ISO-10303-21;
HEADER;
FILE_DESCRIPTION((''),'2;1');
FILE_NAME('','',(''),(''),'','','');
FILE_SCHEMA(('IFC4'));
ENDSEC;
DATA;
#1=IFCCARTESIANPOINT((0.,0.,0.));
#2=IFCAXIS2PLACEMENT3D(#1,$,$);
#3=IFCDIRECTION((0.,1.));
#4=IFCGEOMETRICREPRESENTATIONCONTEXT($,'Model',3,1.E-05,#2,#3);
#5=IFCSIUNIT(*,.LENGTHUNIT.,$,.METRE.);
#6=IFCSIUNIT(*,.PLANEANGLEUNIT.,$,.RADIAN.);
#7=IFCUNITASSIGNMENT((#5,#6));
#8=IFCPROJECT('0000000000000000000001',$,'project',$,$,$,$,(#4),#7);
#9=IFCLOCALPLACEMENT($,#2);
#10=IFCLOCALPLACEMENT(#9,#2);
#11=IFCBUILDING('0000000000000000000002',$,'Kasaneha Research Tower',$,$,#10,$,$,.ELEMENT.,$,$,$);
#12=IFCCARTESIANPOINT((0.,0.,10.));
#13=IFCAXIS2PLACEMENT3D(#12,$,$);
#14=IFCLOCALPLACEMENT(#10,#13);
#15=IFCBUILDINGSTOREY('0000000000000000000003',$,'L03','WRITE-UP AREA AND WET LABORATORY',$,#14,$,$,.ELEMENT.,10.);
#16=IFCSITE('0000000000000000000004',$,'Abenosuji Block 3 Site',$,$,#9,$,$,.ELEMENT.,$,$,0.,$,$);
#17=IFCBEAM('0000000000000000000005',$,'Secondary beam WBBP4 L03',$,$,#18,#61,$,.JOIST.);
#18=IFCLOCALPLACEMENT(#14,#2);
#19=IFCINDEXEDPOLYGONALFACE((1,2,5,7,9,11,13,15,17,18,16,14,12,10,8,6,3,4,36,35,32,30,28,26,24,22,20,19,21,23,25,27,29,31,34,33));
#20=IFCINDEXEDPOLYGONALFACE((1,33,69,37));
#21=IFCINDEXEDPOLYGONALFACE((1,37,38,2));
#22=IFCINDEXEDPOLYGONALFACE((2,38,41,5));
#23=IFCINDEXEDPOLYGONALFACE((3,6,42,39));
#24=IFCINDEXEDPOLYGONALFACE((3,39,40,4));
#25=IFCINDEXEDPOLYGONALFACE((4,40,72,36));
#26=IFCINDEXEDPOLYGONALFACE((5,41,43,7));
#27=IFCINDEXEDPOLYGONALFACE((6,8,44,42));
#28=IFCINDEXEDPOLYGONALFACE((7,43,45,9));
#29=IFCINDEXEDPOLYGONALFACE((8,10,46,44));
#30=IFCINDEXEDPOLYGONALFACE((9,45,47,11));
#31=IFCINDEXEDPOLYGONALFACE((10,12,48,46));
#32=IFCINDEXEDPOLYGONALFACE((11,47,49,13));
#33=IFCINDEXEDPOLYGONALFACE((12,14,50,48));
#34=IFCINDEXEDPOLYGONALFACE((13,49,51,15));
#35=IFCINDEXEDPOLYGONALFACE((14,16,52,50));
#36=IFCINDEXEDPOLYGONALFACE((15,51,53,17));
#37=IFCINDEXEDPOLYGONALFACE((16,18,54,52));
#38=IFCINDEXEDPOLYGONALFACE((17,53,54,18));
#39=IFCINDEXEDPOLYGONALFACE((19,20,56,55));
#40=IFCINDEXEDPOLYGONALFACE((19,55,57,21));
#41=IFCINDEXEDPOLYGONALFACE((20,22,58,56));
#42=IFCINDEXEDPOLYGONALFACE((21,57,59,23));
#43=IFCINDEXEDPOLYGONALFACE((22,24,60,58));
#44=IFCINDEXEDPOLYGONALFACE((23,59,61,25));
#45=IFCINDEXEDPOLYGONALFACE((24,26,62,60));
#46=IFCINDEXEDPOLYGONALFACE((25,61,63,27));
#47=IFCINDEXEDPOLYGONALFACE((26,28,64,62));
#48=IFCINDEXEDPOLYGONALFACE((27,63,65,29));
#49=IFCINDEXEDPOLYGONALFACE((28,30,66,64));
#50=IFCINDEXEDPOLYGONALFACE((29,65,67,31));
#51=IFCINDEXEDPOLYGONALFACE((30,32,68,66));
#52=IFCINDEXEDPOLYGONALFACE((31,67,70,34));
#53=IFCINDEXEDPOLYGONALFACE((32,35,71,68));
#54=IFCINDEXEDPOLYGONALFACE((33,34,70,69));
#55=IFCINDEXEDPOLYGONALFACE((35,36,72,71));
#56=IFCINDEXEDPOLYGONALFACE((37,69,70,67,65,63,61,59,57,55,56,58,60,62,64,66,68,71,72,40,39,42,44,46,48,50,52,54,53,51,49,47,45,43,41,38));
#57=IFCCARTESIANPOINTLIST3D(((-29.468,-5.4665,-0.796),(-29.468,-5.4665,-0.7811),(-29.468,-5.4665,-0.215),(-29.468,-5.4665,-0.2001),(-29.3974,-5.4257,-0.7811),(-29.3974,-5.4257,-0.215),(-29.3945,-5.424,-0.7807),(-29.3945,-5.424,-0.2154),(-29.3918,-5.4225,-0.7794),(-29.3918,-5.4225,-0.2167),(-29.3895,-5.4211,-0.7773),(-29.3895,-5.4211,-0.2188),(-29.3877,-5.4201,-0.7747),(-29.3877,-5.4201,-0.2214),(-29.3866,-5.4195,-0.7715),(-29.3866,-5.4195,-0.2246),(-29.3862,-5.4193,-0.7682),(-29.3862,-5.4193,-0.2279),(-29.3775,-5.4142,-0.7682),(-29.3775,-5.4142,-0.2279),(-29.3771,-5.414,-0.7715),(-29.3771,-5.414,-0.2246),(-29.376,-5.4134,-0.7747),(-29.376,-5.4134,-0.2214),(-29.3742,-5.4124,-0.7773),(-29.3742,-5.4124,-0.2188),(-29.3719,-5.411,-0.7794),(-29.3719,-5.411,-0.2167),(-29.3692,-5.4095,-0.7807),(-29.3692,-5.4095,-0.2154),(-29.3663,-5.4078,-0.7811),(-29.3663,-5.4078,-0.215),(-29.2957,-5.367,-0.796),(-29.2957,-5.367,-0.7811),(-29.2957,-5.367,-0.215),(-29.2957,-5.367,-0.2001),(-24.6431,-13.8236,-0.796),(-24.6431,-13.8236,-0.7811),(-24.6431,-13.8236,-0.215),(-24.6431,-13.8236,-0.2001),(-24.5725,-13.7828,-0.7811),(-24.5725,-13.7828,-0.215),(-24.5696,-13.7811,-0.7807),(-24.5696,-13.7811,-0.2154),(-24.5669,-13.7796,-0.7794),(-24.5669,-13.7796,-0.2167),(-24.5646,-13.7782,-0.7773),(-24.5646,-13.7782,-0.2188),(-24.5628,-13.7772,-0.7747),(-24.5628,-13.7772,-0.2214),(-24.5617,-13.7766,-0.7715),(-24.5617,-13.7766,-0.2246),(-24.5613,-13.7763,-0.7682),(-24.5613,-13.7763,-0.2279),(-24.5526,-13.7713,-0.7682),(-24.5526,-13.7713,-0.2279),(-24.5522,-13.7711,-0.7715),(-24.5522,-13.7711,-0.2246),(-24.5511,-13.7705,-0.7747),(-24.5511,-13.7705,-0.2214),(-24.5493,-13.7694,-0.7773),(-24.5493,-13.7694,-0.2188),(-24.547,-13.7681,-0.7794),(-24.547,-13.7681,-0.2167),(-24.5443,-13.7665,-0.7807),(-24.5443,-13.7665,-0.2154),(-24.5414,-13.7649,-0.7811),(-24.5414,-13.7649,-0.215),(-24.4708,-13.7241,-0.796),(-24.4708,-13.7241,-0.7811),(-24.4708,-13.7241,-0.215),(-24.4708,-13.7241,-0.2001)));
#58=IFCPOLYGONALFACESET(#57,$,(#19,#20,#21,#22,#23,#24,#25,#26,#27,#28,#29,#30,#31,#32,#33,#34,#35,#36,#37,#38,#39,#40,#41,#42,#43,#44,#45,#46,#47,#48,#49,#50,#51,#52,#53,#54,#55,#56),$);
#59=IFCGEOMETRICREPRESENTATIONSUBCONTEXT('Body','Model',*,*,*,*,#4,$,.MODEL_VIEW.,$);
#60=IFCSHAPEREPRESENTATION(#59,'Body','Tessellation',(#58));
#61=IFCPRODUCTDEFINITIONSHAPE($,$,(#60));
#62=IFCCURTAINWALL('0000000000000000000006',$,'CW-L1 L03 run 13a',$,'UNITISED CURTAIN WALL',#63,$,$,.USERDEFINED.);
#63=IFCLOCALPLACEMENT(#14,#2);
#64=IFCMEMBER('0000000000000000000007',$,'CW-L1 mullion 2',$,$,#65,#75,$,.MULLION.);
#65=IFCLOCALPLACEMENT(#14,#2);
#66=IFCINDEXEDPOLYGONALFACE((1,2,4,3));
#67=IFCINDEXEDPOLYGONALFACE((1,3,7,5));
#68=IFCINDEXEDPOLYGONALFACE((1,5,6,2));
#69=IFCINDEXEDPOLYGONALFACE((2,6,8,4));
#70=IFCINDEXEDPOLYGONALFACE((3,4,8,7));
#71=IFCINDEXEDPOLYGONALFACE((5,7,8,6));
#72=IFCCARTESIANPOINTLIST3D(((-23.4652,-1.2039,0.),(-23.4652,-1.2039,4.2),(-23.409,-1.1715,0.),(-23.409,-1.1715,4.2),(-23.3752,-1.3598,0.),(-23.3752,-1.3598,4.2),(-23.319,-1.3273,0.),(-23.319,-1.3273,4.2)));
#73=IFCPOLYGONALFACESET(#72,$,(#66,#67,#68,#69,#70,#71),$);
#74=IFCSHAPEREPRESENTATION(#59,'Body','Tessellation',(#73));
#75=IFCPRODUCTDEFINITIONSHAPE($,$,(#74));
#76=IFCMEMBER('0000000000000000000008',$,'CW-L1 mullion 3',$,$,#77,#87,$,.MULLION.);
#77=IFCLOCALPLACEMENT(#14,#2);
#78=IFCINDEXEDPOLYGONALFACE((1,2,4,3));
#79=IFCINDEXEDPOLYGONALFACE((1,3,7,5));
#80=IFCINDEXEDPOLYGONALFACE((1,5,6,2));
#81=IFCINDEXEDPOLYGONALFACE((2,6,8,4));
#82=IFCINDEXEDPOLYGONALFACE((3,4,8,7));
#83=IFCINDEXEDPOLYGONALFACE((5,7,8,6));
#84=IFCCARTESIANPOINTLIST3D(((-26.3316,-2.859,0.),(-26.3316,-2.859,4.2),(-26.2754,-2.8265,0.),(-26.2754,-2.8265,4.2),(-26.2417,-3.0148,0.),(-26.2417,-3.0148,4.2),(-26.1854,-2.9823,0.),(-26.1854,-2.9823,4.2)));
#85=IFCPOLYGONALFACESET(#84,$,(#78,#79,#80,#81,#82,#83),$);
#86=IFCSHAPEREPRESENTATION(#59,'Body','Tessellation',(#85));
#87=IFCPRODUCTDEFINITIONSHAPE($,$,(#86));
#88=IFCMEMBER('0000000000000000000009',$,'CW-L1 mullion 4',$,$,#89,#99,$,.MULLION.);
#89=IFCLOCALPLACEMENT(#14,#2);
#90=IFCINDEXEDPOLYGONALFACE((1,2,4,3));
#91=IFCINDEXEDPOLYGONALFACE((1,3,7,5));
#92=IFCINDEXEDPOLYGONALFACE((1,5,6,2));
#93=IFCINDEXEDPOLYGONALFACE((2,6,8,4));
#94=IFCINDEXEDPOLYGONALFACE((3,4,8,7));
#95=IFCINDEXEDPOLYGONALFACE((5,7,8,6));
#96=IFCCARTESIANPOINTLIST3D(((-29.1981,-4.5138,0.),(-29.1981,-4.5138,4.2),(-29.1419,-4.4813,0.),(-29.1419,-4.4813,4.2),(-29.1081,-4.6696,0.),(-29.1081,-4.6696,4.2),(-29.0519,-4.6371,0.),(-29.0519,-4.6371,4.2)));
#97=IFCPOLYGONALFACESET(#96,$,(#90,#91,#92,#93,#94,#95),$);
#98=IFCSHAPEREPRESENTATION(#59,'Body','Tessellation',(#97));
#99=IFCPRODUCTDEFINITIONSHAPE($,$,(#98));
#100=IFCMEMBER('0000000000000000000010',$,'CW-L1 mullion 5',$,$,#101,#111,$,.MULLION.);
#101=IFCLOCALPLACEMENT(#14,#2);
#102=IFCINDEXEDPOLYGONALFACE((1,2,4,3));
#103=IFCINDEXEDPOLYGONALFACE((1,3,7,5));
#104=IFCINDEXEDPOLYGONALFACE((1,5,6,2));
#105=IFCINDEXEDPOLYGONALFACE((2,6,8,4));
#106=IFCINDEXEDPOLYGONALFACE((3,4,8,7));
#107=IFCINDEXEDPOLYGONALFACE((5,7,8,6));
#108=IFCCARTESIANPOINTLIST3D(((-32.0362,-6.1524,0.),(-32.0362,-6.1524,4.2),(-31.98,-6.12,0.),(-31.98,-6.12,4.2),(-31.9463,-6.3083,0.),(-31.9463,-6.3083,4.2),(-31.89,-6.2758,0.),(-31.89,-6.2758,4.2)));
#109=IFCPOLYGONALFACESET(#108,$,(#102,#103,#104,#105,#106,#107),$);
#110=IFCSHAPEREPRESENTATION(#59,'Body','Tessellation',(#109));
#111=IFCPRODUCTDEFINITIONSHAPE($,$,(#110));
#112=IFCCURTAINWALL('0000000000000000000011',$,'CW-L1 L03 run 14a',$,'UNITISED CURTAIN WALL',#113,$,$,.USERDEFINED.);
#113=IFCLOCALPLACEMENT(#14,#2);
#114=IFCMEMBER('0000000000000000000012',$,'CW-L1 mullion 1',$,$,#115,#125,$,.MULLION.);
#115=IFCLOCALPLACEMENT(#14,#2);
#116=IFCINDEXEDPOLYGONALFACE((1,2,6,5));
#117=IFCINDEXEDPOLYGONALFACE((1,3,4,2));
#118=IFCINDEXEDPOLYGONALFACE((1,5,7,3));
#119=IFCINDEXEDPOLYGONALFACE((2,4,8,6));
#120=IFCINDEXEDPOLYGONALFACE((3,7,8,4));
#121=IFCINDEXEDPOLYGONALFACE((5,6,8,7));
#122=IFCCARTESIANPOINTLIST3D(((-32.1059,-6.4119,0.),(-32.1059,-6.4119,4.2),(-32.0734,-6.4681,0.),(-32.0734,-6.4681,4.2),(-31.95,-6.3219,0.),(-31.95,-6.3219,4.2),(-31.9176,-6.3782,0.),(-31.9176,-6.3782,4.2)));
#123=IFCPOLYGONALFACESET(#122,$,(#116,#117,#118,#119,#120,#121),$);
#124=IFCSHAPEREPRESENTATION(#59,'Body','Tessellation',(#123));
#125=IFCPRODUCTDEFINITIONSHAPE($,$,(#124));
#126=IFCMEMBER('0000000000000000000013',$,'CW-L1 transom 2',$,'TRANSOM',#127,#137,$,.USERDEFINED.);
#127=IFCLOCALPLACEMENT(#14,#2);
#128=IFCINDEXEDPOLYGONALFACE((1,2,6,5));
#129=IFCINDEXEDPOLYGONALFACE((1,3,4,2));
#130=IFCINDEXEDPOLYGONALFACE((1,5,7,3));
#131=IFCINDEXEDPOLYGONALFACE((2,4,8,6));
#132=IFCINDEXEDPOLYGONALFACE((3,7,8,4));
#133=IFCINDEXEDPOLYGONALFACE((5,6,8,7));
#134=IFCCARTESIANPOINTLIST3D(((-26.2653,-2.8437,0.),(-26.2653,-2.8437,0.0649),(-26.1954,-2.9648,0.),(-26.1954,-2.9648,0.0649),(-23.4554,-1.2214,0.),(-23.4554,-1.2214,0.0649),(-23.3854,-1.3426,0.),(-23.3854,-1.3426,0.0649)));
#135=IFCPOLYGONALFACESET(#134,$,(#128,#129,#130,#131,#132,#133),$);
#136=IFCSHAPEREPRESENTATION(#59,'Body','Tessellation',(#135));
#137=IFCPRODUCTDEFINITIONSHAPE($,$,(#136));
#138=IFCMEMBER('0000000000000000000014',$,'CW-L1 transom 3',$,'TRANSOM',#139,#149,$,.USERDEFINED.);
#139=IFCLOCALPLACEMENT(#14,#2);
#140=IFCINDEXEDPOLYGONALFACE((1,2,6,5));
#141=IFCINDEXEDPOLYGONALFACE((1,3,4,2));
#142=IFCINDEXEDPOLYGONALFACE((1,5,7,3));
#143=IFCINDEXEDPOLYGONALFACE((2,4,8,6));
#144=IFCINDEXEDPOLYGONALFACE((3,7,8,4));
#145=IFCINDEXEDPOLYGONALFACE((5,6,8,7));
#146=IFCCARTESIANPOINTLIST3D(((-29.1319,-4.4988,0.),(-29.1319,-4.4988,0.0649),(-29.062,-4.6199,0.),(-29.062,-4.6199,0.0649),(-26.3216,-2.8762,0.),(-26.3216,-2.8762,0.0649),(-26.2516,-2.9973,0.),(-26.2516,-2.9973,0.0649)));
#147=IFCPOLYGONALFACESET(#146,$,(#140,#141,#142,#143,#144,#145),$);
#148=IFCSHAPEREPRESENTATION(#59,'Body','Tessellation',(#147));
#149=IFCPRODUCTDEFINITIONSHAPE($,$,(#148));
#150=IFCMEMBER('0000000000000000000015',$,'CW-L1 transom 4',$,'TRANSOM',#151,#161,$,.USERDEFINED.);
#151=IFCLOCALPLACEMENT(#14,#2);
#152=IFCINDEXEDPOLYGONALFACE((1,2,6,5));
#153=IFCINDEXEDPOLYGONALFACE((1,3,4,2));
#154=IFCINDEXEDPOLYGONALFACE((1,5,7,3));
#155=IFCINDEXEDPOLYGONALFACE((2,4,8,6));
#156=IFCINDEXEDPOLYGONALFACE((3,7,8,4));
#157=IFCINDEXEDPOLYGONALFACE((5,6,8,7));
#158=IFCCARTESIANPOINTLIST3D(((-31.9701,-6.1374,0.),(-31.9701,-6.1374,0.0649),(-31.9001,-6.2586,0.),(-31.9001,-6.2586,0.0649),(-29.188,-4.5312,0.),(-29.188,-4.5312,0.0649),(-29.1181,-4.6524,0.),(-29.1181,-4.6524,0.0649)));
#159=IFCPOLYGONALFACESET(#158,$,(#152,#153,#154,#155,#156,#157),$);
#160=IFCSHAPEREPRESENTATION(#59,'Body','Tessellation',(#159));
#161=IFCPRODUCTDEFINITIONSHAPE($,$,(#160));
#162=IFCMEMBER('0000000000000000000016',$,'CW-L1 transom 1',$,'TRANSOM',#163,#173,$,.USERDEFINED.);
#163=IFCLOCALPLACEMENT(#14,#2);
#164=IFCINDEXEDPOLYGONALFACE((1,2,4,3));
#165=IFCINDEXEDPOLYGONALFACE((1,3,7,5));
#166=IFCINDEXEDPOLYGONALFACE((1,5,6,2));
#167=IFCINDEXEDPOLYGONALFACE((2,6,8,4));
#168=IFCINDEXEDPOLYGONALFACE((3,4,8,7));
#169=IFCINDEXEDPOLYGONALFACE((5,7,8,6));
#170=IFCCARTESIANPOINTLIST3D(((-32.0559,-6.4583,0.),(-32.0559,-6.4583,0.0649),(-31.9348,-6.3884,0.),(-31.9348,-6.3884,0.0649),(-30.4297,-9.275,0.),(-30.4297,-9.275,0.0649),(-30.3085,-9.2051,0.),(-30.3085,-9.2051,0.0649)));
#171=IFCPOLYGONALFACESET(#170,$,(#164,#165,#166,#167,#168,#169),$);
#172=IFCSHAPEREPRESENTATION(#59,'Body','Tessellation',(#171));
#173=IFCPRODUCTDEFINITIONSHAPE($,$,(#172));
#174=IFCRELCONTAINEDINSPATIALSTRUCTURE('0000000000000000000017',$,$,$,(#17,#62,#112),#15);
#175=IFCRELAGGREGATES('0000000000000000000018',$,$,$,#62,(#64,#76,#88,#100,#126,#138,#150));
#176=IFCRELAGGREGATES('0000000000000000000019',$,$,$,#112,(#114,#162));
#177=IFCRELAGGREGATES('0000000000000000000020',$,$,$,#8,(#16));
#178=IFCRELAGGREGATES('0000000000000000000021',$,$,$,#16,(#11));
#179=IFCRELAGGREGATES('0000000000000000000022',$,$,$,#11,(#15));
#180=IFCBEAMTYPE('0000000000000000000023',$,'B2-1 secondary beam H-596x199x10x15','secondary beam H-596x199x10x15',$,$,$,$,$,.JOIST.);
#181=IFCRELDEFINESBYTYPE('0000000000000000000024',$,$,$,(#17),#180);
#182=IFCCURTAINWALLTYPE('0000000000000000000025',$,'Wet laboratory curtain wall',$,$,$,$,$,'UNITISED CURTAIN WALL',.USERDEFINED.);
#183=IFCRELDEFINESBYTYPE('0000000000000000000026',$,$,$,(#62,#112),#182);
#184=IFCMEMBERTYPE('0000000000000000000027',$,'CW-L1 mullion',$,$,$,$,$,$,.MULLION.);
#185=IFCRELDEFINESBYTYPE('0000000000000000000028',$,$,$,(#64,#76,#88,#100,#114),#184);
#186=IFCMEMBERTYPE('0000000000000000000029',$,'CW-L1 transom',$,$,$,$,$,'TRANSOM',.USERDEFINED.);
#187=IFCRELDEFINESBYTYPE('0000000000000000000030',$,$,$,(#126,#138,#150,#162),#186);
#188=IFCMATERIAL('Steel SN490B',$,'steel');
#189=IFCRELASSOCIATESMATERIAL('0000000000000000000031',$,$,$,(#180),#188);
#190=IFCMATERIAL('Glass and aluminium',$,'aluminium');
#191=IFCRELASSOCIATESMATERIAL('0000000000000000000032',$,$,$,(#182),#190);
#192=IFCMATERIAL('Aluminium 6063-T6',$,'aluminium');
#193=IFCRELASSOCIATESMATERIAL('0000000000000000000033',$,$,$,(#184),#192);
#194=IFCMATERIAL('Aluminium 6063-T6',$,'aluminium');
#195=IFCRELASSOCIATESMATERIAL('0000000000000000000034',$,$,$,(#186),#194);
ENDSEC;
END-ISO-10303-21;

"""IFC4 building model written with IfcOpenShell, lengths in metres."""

from ifc_helpers import new_model, si_unit, direction, frame, origin, origin_2d, place, context, subcontext, project, spatial, rectangle, i_section, extrude, material, material_profile, profile_set, type_object, element, aggregate, save


model = new_model("IFC4")

# Units and contexts
model_context = context("Model", 3, precision=1e-05, world=origin(), true_north=direction((0.0, 1.0)))
body_context = subcontext(model_context, "Body", "Model", "MODEL_VIEW")
ifc_project = project(units=[si_unit("LENGTHUNIT", "METRE"), si_unit("PLANEANGLEUNIT", "RADIAN")], contexts=[model_context])

# Site, building, storey
site_placement = place(None, origin())
site = spatial("IfcSite", under=ifc_project, at=site_placement, Name="Abenosuji Block 3 Site", CompositionType="ELEMENT", RefElevation=0.0)
building_placement = place(site_placement, origin())
building = spatial("IfcBuilding", under=site, at=building_placement, Name="Kasaneha Research Tower", CompositionType="ELEMENT")
storey_placement = place(building_placement, frame((0.0, 0.0, 10.0)))
storey = spatial("IfcBuildingStorey", under=building, at=storey_placement, Name="L03", Description="WRITE-UP AREA AND WET LABORATORY", CompositionType="ELEMENT", Elevation=10.0)

# Beam
ifc_material_1 = material(Name="Steel SN490B", Category="steel")
ifc_material_profile_1 = material_profile(ifc_material_1, i_section(OverallWidth=0.199, OverallDepth=0.5959, WebThickness=0.01, FlangeThickness=0.0149, FilletRadius=0.0129, at=origin_2d()), Name="H-596x199x10x15")
ifc_profile_set_1 = profile_set([ifc_material_profile_1], Name="Steel SN490B")
beam_type_1 = type_object("IfcBeamType", Name="B2-1 secondary beam H-596x199x10x15", Description="secondary beam H-596x199x10x15", PredefinedType="JOIST", material=ifc_profile_set_1)
for number, where, z_axis, x_axis, name in (
    (1, (-29.3818, -5.4167, -0.498), (0.499995, -0.866028, 0.0), (0.866028, 0.499995, 0.0), "Secondary beam WBBP4 L03"),
):
    element("IfcBeam", number, at=place(storey_placement, frame(where, z_axis=z_axis, x_axis=x_axis)), inside=storey, type_object=beam_type_1, Name=name, PredefinedType="JOIST", context=body_context, shape_type="SweptSolid", body=[
        extrude(i_section(OverallWidth=0.199, OverallDepth=0.5959, WebThickness=0.01, FlangeThickness=0.0149, FilletRadius=0.0129, at=origin_2d()), origin(), (0.0, 0.0, 1.0), 9.6499),
    ])

# Curtain wall, members
ifc_material_2 = material(Name="Glass and aluminium", Category="aluminium")
curtain_wall_type = type_object("IfcCurtainWallType", Name="Wet laboratory curtain wall", ElementType="UNITISED CURTAIN WALL", PredefinedType="USERDEFINED", material=ifc_material_2)
curtain_wall_1_placement = place(storey_placement, origin())
curtain_wall_1 = element("IfcCurtainWall", 2, at=curtain_wall_1_placement, inside=storey, type_object=curtain_wall_type, Name="CW-L1 L03 run 13a", ObjectType="UNITISED CURTAIN WALL", PredefinedType="USERDEFINED")
ifc_material_3 = material(Name="Aluminium 6063-T6", Category="aluminium")
ifc_material_profile_2 = material_profile(ifc_material_3, rectangle(XDim=0.0649, YDim=0.1799, at=origin_2d()), Name="CW-L1 mullion 65x180")
ifc_profile_set_2 = profile_set([ifc_material_profile_2], Name="Aluminium 6063-T6")
member_type_1 = type_object("IfcMemberType", Name="CW-L1 mullion", PredefinedType="MULLION", material=ifc_profile_set_2)
member_1_placement = place(storey_placement, frame((-23.3921, -1.2656, 0.0), z_axis=(0.0, 0.0, 1.0), x_axis=(-0.866025, -0.5, 0.0)))
member_1 = element("IfcMember", 3, at=member_1_placement, type_object=member_type_1, Name="CW-L1 mullion 2", PredefinedType="MULLION", context=body_context, shape_type="SweptSolid", body=[
    extrude(rectangle(XDim=0.0649, YDim=0.1799, at=origin_2d()), origin(), (0.0, 0.0, 1.0), 4.2),
])
member_2_placement = place(storey_placement, frame((-26.2585, -2.9207, 0.0), z_axis=(0.0, 0.0, 1.0), x_axis=(-0.866025, -0.5, 0.0)))
member_2 = element("IfcMember", 4, at=member_2_placement, type_object=member_type_1, Name="CW-L1 mullion 3", PredefinedType="MULLION", context=body_context, shape_type="SweptSolid", body=[
    extrude(rectangle(XDim=0.0649, YDim=0.1799, at=origin_2d()), origin(), (0.0, 0.0, 1.0), 4.2),
])
member_3_placement = place(storey_placement, frame((-29.125, -4.5754, 0.0), z_axis=(0.0, 0.0, 1.0), x_axis=(-0.866025, -0.5, 0.0)))
member_3 = element("IfcMember", 5, at=member_3_placement, type_object=member_type_1, Name="CW-L1 mullion 4", PredefinedType="MULLION", context=body_context, shape_type="SweptSolid", body=[
    extrude(rectangle(XDim=0.0649, YDim=0.1799, at=origin_2d()), origin(), (0.0, 0.0, 1.0), 4.2),
])
member_4_placement = place(storey_placement, frame((-31.9631, -6.2141, 0.0), z_axis=(0.0, 0.0, 1.0), x_axis=(-0.866025, -0.5, 0.0)))
member_4 = element("IfcMember", 6, at=member_4_placement, type_object=member_type_1, Name="CW-L1 mullion 5", PredefinedType="MULLION", context=body_context, shape_type="SweptSolid", body=[
    extrude(rectangle(XDim=0.0649, YDim=0.1799, at=origin_2d()), origin(), (0.0, 0.0, 1.0), 4.2),
])

# Curtain wall, member
curtain_wall_2_placement = place(storey_placement, origin())
curtain_wall_2 = element("IfcCurtainWall", 7, at=curtain_wall_2_placement, inside=storey, type_object=curtain_wall_type, Name="CW-L1 L03 run 14a", ObjectType="UNITISED CURTAIN WALL", PredefinedType="USERDEFINED")
member_5_placement = place(storey_placement, frame((-32.0117, -6.395, 0.0), z_axis=(0.0, 0.0, 1.0), x_axis=(0.5, -0.866025, 0.0)))
member_5 = element("IfcMember", 8, at=member_5_placement, type_object=member_type_1, Name="CW-L1 mullion 1", PredefinedType="MULLION", context=body_context, shape_type="SweptSolid", body=[
    extrude(rectangle(XDim=0.0649, YDim=0.1799, at=origin_2d()), origin(), (0.0, 0.0, 1.0), 4.2),
])

# Members
ifc_material_4 = material(Name="Aluminium 6063-T6", Category="aluminium")
ifc_material_profile_3 = material_profile(ifc_material_4, rectangle(XDim=0.1399, YDim=0.0649, at=origin_2d()), Name="CW-L1 transom 140x65")
ifc_profile_set_3 = profile_set([ifc_material_profile_3], Name="Aluminium 6063-T6")
member_type_2 = type_object("IfcMemberType", Name="CW-L1 transom", ElementType="TRANSOM", PredefinedType="USERDEFINED", material=ifc_profile_set_3)
member_6_placement = place(storey_placement, frame((-23.4204, -1.282, 0.0325), z_axis=(-0.866035, -0.499983, 0.0), x_axis=(0.499983, -0.866035, 0.0)))
member_6 = element("IfcMember", 9, at=member_6_placement, type_object=member_type_2, Name="CW-L1 transom 2", ObjectType="TRANSOM", PredefinedType="USERDEFINED", context=body_context, shape_type="SweptSolid", body=[
    extrude(rectangle(XDim=0.1399, YDim=0.0649, at=origin_2d()), origin(), (0.0, 0.0, 1.0), 3.2446),
])
member_7_placement = place(storey_placement, frame((-26.2866, -2.9368, 0.0325), z_axis=(-0.866021, -0.500007, 0.0), x_axis=(0.500007, -0.866021, 0.0)))
member_7 = element("IfcMember", 10, at=member_7_placement, type_object=member_type_2, Name="CW-L1 transom 3", ObjectType="TRANSOM", PredefinedType="USERDEFINED", context=body_context, shape_type="SweptSolid", body=[
    extrude(rectangle(XDim=0.1399, YDim=0.0649, at=origin_2d()), origin(), (0.0, 0.0, 1.0), 3.2451),
])
member_8_placement = place(storey_placement, frame((-29.1531, -4.5918, 0.0325), z_axis=(-0.866022, -0.500005, 0.0), x_axis=(0.500005, -0.866022, 0.0)))
member_8 = element("IfcMember", 11, at=member_8_placement, type_object=member_type_2, Name="CW-L1 transom 4", ObjectType="TRANSOM", PredefinedType="USERDEFINED", context=body_context, shape_type="SweptSolid", body=[
    extrude(rectangle(XDim=0.1399, YDim=0.0649, at=origin_2d()), origin(), (0.0, 0.0, 1.0), 3.2124),
])
member_9_placement = place(storey_placement, frame((-31.9954, -6.4233, 0.0325), z_axis=(0.500006, -0.866022, 0.0), x_axis=(0.866022, 0.500006, 0.0)))
member_9 = element("IfcMember", 12, at=member_9_placement, type_object=member_type_2, Name="CW-L1 transom 1", ObjectType="TRANSOM", PredefinedType="USERDEFINED", context=body_context, shape_type="SweptSolid", body=[
    extrude(rectangle(XDim=0.1399, YDim=0.0649, at=origin_2d()), origin(), (0.0, 0.0, 1.0), 3.2524),
])

aggregate(curtain_wall_1, [member_1, member_2, member_3, member_4, member_6, member_7, member_8])
aggregate(curtain_wall_2, [member_5, member_9])

save(model, "model.ifc")
